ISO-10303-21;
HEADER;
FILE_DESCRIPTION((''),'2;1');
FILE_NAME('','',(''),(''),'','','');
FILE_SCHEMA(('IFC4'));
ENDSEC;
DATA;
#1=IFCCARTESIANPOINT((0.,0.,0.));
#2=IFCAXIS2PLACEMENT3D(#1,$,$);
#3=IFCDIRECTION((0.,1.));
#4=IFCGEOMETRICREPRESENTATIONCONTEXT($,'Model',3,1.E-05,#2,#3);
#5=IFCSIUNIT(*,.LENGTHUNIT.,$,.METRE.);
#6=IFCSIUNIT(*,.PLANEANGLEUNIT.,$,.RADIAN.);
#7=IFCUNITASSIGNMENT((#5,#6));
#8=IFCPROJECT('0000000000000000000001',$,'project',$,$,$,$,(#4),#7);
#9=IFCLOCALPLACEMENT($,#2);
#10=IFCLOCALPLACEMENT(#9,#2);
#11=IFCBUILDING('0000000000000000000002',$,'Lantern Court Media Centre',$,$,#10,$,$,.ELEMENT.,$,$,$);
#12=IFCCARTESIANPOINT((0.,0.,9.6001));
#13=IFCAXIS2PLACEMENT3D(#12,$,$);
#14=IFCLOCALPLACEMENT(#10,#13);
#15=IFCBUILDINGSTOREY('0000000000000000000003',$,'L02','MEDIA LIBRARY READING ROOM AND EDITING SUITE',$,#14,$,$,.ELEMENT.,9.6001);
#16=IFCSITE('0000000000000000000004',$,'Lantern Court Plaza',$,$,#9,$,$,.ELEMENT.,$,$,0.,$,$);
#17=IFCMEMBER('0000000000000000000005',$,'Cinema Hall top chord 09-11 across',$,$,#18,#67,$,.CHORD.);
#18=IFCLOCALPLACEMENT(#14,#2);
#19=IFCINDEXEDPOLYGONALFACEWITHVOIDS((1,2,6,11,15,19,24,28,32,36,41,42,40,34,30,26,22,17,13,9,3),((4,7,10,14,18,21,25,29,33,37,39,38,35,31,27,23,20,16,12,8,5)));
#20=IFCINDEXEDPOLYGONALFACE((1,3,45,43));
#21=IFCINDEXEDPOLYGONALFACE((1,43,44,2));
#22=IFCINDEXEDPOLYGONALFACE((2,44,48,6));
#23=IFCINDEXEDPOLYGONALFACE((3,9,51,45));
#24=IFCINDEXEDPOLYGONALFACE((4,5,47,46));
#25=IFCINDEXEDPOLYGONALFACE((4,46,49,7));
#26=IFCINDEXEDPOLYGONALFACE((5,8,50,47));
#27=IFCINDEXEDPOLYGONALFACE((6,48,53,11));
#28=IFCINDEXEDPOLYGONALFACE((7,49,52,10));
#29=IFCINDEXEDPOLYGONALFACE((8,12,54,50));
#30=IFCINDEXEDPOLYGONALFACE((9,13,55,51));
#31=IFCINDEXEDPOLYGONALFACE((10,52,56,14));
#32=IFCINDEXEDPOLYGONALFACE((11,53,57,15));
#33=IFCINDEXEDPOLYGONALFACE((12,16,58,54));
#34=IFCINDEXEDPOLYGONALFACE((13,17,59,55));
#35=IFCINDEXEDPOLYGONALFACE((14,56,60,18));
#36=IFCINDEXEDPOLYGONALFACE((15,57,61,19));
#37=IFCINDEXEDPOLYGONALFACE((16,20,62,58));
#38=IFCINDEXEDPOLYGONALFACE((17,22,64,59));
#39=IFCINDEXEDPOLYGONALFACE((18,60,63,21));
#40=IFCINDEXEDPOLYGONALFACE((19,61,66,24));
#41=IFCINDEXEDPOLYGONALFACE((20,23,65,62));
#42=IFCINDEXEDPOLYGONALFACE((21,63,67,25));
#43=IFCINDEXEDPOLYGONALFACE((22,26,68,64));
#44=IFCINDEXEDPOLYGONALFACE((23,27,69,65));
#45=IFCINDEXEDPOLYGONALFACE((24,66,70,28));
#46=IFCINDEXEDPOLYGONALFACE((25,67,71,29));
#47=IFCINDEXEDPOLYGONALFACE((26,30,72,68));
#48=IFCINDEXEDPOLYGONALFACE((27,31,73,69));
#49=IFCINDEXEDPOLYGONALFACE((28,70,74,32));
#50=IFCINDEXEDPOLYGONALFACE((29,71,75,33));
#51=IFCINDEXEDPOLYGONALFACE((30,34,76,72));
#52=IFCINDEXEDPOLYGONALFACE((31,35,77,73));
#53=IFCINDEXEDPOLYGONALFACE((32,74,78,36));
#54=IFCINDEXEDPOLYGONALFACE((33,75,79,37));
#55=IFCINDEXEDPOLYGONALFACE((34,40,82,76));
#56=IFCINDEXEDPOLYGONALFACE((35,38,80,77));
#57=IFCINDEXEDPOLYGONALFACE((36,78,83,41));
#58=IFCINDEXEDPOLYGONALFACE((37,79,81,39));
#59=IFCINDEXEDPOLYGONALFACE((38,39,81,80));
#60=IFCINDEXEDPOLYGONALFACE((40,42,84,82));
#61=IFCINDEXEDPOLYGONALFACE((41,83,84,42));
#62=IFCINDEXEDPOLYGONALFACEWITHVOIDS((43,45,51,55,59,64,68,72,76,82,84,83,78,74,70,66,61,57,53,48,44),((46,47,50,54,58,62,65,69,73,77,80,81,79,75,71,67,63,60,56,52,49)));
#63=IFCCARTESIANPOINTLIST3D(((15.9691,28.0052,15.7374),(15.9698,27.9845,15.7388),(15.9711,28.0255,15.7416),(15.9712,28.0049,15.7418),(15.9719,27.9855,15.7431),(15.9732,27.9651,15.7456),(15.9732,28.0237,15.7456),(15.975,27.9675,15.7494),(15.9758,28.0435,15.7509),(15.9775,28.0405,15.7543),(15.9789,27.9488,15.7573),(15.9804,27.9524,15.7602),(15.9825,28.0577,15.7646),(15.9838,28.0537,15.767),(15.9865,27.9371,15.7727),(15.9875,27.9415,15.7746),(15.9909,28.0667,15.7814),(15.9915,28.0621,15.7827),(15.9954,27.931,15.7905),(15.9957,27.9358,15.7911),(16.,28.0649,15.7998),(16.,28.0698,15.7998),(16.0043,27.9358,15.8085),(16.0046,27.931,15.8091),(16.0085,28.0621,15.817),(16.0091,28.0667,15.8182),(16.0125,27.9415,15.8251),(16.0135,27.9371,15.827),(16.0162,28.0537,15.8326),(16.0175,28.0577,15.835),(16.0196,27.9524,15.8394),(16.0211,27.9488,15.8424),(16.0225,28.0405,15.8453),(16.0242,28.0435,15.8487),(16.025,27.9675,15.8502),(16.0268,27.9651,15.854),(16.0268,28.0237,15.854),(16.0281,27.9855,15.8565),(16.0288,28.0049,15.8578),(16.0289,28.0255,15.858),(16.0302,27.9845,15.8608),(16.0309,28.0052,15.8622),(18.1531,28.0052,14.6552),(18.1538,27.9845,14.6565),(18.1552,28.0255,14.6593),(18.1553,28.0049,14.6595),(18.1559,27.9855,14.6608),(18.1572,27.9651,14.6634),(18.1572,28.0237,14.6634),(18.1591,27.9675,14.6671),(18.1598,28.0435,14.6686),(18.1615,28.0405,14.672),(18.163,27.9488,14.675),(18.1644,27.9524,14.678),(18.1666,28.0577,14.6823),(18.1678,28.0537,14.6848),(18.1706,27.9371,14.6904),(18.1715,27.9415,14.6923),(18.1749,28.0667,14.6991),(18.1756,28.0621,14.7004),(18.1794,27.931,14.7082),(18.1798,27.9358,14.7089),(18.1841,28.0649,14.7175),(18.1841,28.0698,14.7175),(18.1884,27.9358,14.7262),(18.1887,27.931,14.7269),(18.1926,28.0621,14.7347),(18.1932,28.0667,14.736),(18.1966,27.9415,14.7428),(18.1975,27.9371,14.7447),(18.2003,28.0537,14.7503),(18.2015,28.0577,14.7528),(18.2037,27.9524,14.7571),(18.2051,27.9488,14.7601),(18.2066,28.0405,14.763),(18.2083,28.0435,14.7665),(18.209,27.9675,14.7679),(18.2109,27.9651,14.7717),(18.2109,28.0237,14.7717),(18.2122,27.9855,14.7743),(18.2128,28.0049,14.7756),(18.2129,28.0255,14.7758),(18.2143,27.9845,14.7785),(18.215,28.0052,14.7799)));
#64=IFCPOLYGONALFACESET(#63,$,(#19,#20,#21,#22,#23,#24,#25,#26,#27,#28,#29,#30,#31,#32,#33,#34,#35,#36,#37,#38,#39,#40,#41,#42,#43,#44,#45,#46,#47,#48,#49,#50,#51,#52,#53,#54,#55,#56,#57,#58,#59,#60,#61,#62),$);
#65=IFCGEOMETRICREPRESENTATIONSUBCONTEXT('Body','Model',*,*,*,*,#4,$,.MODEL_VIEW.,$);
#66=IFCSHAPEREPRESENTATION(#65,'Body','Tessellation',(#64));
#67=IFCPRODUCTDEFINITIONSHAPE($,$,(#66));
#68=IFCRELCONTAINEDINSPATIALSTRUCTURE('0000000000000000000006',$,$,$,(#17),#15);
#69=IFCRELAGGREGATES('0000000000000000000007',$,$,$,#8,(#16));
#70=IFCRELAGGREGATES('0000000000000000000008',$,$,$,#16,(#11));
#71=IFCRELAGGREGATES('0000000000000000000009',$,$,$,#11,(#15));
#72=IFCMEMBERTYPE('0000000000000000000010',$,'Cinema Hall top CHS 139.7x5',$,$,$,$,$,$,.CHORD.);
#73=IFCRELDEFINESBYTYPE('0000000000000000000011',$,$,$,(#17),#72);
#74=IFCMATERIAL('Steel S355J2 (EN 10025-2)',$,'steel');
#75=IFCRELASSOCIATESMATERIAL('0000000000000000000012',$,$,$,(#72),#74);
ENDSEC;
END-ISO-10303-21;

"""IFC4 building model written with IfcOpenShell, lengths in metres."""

from ifc_helpers import new_model, si_unit, direction, frame, origin, origin_2d, place, context, subcontext, project, spatial, hollow_circle, extrude, material, material_profile, profile_set, type_object, element, save


model = new_model("IFC4")

# Units and contexts
model_context = context("Model", 3, precision=1e-05, world=origin(), true_north=direction((0.0, 1.0)))
body_context = subcontext(model_context, "Body", "Model", "MODEL_VIEW")
ifc_project = project(units=[si_unit("LENGTHUNIT", "METRE"), si_unit("PLANEANGLEUNIT", "RADIAN")], contexts=[model_context])

# Site, building, storey
site_placement = place(None, origin())
site = spatial("IfcSite", under=ifc_project, at=site_placement, Name="Lantern Court Plaza", CompositionType="ELEMENT", RefElevation=0.0)
building_placement = place(site_placement, origin())
building = spatial("IfcBuilding", under=site, at=building_placement, Name="Lantern Court Media Centre", CompositionType="ELEMENT")
storey_placement = place(building_placement, frame((0.0, 0.0, 9.6001)))
storey = spatial("IfcBuildingStorey", under=building, at=storey_placement, Name="L02", Description="MEDIA LIBRARY READING ROOM AND EDITING SUITE", CompositionType="ELEMENT", Elevation=9.6001)

# Member
ifc_material = material(Name="Steel S355J2 (EN 10025-2)", Category="steel")
ifc_material_profile_1 = material_profile(ifc_material, hollow_circle(Radius=0.0698, WallThickness=0.0049, at=origin_2d()), Name="Cinema Hall top CHS 139.7x5")
ifc_profile_set_1 = profile_set([ifc_material_profile_1], Name="Steel S355J2 (EN 10025-2)")
member_type_1 = type_object("IfcMemberType", Name="Cinema Hall top CHS 139.7x5", PredefinedType="CHORD", material=ifc_profile_set_1)
for number, where, z_axis, x_axis, name in (
    (1, (16.0, 28.0, 15.7998), (0.896024, 0.0, -0.444006), (0.0, 1.0, 0.0), "Cinema Hall top chord 09-11 across"),
):
    element("IfcMember", number, at=place(storey_placement, frame(where, z_axis=z_axis, x_axis=x_axis)), inside=storey, type_object=member_type_1, Name=name, PredefinedType="CHORD", context=body_context, shape_type="SweptSolid", body=[
        extrude(hollow_circle(Radius=0.0698, WallThickness=0.0049, at=origin_2d()), origin(), (0.0, 0.0, 1.0), 2.4375),
    ])

save(model, "model.ifc")
